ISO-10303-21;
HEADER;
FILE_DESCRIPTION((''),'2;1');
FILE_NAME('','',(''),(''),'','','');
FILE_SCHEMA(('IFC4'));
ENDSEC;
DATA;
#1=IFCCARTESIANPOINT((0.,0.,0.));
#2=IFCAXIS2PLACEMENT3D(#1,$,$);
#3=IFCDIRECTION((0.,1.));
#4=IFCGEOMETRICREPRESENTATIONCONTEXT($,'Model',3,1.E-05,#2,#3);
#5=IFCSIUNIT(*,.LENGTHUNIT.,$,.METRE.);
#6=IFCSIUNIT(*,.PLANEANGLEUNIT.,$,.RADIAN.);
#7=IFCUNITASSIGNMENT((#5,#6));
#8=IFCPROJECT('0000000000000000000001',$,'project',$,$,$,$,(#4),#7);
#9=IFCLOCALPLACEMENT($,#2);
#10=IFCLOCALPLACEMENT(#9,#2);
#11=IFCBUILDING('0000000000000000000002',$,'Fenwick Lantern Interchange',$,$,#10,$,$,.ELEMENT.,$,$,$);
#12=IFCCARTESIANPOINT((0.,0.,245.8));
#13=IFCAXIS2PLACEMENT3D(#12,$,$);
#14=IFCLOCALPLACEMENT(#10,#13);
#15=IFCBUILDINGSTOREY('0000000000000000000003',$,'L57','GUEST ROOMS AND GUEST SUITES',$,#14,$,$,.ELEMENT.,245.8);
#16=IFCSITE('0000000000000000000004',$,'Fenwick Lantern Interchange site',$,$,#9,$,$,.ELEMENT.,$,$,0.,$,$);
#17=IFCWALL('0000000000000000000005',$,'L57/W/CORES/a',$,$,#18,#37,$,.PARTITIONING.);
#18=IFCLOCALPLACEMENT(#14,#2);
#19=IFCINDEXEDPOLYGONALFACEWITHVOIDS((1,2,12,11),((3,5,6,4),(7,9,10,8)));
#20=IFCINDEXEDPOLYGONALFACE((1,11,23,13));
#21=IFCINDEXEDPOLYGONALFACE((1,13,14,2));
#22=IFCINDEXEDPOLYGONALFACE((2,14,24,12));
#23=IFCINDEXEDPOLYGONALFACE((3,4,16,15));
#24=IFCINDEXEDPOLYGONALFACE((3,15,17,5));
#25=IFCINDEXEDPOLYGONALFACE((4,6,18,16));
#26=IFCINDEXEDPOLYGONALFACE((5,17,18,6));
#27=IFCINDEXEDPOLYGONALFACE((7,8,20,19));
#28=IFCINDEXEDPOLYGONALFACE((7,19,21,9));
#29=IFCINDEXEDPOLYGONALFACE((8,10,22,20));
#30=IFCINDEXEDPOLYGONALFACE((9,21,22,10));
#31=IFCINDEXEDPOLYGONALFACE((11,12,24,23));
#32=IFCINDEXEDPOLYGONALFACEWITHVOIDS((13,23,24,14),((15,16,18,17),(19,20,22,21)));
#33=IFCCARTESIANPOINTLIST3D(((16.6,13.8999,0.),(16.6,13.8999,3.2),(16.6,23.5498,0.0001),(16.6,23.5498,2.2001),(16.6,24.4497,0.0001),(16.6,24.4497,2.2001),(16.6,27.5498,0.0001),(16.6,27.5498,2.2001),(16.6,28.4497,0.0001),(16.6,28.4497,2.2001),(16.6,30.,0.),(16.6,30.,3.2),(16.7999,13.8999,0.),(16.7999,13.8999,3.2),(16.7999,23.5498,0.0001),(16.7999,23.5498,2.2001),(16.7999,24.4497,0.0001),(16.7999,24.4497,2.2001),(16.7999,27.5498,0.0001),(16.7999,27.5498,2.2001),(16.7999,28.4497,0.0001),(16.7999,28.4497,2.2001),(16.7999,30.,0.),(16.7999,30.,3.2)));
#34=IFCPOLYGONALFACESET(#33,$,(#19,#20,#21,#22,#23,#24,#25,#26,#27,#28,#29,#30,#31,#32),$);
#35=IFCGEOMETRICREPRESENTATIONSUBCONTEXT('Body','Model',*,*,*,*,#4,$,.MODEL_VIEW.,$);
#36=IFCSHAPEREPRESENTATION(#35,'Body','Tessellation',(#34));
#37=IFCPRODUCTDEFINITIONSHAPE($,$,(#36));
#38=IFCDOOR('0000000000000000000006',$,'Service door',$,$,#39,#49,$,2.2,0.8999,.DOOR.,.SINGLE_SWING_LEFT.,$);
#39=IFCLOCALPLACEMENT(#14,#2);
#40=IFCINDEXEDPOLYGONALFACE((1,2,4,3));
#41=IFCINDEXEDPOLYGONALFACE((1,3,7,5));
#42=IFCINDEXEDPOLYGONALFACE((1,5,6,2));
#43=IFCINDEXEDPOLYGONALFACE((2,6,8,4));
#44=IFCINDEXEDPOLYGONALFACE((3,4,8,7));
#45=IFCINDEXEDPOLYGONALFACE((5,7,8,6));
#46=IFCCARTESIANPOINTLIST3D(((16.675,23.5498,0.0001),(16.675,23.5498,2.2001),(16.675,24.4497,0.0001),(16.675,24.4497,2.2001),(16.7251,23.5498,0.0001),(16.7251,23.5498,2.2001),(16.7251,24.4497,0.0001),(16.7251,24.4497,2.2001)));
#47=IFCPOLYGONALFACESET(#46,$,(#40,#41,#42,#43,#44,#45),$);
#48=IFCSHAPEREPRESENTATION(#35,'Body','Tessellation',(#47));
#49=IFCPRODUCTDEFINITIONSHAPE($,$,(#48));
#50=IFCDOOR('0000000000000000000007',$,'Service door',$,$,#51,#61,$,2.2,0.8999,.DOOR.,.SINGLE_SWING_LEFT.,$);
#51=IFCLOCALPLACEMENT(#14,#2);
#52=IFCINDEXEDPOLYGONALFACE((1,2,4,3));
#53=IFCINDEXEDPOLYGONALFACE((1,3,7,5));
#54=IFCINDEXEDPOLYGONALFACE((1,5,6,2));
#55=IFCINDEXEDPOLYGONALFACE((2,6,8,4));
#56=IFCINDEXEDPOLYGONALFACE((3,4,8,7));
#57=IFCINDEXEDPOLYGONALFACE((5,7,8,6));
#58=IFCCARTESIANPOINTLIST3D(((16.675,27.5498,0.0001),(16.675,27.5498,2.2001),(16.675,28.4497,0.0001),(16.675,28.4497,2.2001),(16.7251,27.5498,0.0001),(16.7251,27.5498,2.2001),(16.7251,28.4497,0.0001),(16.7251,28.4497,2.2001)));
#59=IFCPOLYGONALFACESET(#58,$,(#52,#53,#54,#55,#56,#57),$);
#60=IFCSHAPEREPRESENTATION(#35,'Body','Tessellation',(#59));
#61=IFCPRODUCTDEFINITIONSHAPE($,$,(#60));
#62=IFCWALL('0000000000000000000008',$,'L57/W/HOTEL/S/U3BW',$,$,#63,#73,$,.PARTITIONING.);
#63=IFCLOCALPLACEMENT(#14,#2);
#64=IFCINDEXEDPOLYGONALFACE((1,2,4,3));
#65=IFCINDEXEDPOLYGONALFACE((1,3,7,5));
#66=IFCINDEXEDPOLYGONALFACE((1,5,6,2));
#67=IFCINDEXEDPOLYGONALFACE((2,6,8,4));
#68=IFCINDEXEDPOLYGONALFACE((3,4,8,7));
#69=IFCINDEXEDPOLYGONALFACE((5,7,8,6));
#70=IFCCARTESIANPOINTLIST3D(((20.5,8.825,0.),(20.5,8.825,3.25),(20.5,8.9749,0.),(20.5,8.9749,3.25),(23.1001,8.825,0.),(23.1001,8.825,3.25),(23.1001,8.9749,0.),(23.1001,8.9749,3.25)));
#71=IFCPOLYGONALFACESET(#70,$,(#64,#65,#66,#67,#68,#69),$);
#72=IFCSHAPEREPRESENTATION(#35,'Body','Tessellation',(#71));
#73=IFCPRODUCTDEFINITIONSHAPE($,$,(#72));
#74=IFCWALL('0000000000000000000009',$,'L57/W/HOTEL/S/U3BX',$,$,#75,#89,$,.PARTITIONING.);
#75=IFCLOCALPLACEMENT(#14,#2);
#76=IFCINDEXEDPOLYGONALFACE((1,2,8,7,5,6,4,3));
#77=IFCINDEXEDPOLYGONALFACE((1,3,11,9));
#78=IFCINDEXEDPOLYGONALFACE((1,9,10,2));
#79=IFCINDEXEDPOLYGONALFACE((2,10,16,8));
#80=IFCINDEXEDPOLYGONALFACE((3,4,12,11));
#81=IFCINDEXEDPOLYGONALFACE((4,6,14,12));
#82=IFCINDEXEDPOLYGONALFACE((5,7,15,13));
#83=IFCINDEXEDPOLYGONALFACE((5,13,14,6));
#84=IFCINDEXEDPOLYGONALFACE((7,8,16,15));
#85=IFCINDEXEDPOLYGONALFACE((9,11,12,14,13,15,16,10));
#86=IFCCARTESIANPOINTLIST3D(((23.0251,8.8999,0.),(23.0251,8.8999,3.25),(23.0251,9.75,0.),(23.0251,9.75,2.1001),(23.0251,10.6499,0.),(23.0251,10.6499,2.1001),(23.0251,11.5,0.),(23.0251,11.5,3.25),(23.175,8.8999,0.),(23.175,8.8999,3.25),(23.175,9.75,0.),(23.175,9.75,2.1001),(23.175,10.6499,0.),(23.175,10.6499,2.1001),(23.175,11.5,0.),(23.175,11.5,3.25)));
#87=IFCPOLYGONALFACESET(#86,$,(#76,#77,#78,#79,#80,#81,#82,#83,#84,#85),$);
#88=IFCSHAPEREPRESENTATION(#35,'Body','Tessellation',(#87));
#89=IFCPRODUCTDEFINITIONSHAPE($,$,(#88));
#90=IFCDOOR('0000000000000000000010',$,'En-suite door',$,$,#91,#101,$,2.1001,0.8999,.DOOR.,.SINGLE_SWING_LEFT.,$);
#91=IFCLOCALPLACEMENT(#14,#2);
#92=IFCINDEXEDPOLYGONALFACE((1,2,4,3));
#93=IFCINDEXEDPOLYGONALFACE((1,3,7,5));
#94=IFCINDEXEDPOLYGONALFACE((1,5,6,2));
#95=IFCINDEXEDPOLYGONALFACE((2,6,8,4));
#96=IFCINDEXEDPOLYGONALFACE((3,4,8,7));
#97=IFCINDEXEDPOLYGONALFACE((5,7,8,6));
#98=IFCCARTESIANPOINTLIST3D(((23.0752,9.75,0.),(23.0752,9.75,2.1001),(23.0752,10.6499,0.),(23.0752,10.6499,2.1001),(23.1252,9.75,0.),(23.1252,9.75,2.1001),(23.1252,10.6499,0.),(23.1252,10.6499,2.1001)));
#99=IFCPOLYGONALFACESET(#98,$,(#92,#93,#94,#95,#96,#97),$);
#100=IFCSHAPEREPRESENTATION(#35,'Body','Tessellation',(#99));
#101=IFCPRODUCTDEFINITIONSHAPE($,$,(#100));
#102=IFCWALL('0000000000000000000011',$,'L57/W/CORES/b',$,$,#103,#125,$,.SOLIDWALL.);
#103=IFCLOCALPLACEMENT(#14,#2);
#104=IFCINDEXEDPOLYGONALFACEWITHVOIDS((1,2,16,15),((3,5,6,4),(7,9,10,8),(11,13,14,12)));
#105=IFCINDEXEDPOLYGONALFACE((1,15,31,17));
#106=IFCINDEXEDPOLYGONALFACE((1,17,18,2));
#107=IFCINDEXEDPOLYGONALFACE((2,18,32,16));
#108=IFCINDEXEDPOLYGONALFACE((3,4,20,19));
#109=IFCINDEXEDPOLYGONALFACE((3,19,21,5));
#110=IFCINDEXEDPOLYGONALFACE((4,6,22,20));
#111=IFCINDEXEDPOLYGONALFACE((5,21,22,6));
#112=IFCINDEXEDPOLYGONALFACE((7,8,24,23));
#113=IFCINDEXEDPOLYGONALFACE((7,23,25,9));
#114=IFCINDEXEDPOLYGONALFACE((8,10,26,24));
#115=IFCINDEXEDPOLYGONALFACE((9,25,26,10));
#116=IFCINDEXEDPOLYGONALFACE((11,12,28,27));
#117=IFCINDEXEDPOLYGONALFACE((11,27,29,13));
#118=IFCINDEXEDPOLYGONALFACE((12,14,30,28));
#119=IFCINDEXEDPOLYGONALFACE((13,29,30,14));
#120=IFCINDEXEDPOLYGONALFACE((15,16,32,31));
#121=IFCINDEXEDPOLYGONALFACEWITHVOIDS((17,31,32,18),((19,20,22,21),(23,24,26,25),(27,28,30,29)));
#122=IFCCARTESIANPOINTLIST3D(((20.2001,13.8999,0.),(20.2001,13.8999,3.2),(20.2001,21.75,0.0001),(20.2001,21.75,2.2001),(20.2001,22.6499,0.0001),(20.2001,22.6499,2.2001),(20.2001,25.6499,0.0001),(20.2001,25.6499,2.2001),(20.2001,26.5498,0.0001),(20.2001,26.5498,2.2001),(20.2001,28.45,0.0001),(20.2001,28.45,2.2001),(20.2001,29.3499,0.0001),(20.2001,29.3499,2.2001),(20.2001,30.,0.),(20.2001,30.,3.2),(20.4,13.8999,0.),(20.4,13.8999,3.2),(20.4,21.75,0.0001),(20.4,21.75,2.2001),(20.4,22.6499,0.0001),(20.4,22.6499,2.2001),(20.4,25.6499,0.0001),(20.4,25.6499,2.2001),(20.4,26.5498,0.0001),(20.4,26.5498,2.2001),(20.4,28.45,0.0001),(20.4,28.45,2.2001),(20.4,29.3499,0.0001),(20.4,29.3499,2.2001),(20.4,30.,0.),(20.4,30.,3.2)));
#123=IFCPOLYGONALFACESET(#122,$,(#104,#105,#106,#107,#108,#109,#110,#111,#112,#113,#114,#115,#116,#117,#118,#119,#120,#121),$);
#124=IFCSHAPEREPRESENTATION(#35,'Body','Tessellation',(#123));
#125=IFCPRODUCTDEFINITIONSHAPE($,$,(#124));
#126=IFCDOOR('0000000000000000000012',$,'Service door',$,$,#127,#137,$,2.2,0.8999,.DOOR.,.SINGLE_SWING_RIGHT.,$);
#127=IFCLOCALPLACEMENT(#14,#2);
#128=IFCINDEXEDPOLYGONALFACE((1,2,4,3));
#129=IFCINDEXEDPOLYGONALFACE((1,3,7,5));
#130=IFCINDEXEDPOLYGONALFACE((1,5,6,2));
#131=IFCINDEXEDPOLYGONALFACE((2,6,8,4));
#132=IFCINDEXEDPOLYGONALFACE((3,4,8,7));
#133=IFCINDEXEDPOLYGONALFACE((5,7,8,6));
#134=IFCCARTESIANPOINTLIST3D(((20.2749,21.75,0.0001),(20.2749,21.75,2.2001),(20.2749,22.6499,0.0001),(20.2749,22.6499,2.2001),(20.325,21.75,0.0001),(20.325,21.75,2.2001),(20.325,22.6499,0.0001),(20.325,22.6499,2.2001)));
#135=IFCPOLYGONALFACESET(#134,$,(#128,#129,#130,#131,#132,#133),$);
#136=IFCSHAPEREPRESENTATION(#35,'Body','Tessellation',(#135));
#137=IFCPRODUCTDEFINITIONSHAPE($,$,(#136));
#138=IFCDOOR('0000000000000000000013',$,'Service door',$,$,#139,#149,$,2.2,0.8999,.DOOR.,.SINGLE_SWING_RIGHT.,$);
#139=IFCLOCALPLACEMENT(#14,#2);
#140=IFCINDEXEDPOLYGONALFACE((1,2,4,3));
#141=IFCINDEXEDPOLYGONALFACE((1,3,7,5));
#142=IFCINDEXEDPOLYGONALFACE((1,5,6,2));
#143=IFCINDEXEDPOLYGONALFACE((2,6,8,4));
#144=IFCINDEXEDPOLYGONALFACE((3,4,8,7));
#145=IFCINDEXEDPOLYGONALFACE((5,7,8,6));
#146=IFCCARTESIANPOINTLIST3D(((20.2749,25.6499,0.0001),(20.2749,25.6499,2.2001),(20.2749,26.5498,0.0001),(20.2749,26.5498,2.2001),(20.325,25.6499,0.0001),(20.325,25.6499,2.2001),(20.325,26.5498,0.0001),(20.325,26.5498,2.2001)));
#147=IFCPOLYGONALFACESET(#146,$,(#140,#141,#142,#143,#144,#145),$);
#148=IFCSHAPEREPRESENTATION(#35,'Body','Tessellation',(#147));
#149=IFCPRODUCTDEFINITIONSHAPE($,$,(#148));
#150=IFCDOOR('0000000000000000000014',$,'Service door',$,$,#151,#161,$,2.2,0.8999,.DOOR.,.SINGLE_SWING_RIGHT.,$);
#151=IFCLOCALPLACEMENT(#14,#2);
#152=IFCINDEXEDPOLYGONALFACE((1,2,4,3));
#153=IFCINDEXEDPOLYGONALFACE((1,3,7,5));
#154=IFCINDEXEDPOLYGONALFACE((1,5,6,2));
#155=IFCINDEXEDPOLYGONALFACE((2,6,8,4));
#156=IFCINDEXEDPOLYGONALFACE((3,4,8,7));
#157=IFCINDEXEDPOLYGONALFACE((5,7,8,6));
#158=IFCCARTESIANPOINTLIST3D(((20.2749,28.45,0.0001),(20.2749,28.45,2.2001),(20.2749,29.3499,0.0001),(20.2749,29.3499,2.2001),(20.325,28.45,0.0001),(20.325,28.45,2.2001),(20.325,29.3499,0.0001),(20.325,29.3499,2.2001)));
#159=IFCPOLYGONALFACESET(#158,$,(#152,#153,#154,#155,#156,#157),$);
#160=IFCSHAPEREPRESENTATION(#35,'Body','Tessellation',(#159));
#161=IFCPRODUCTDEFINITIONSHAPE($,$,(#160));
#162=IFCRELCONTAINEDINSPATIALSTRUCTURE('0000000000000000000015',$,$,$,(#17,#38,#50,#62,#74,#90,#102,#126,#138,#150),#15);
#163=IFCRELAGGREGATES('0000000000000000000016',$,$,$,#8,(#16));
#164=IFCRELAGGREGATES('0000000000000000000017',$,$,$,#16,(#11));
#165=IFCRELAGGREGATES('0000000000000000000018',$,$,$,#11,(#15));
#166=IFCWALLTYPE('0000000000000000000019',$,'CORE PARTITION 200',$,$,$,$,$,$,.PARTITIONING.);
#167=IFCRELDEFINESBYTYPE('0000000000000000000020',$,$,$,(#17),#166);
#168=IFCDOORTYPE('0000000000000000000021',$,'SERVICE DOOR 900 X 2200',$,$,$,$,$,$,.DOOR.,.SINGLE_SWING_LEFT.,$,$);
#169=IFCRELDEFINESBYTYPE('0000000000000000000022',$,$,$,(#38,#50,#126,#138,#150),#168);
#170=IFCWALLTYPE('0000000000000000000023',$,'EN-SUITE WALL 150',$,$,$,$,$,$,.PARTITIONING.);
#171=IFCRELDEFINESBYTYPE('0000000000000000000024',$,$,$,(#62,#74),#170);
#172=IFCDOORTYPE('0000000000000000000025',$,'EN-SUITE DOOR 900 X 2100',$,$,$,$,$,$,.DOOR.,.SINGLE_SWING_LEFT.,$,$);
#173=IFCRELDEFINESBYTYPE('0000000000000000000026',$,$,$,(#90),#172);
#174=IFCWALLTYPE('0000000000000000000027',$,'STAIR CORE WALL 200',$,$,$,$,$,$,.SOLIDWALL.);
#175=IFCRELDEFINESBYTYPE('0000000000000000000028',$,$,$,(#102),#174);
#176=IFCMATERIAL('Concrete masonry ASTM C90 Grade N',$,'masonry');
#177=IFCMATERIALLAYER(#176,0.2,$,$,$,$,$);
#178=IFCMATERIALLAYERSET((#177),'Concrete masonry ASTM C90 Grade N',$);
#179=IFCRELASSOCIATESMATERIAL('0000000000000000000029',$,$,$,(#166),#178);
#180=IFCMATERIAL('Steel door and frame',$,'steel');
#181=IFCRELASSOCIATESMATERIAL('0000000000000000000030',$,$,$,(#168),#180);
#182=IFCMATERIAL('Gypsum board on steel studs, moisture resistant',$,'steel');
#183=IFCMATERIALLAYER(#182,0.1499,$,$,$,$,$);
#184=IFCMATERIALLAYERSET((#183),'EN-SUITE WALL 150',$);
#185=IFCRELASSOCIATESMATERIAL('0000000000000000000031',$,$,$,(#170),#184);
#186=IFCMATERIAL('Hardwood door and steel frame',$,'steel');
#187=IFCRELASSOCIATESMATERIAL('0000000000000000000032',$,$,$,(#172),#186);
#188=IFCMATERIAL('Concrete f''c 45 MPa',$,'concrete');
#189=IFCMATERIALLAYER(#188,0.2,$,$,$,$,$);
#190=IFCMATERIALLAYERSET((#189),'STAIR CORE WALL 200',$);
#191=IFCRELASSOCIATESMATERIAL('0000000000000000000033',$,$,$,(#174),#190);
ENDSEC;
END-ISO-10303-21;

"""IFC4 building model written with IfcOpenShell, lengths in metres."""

from ifc_helpers import new_model, si_unit, direction, frame, frame_2d, origin, place, context, subcontext, project, spatial, rectangle, extrude, material, layer, layer_set, type_object, element, fill, save


model = new_model("IFC4")

# Units and contexts
model_context = context("Model", 3, precision=1e-05, world=origin(), true_north=direction((0.0, 1.0)))
body_context = subcontext(model_context, "Body", "Model", "MODEL_VIEW")
ifc_project = project(units=[si_unit("LENGTHUNIT", "METRE"), si_unit("PLANEANGLEUNIT", "RADIAN")], contexts=[model_context])

# Site, building, storey
site_placement = place(None, origin())
site = spatial("IfcSite", under=ifc_project, at=site_placement, Name="Fenwick Lantern Interchange site", CompositionType="ELEMENT", RefElevation=0.0)
building_placement = place(site_placement, origin())
building = spatial("IfcBuilding", under=site, at=building_placement, Name="Fenwick Lantern Interchange", CompositionType="ELEMENT")
storey_placement = place(building_placement, frame((0.0, 0.0, 245.8)))
storey = spatial("IfcBuildingStorey", under=building, at=storey_placement, Name="L57", Description="GUEST ROOMS AND GUEST SUITES", CompositionType="ELEMENT", Elevation=245.8)

# Wall, openings, doors
ifc_material_1 = material(Name="Concrete masonry ASTM C90 Grade N", Category="masonry")
ifc_layer_1 = layer(ifc_material_1, 0.2)
ifc_layer_set_1 = layer_set([ifc_layer_1], Name="Concrete masonry ASTM C90 Grade N")
wall_type_1 = type_object("IfcWallType", Name="CORE PARTITION 200", PredefinedType="PARTITIONING", material=ifc_layer_set_1)
wall_1_placement = place(storey_placement, frame((16.7, 13.8999, 0.0), z_axis=(0.0, 0.0, 1.0), x_axis=(0.0, 1.0, 0.0)))
wall_1 = element("IfcWall", 1, at=wall_1_placement, inside=storey, type_object=wall_type_1, Name="L57/W/CORES/a", PredefinedType="PARTITIONING", context=body_context, shape_type="SweptSolid", body=[
    extrude(rectangle(XDim=16.1001, YDim=0.2, at=frame_2d((8.05, 0.0))), origin(), (0.0, 0.0, 1.0), 3.2),
])
opening_1_placement = place(wall_1_placement, frame((9.6499, 0.0, 0.0)))
opening_1 = element("IfcOpeningElement", 2, at=opening_1_placement, cuts=wall_1, PredefinedType="OPENING", context=body_context, shape_type="SweptSolid", body=[
    extrude(rectangle(XDim=0.8999, YDim=2.2, at=frame_2d((0.45, 1.1001))), frame((0.0, 0.1099, 0.0), z_axis=(0.0, -1.0, 0.0), x_axis=(1.0, 0.0, 0.0)), (0.0, 0.0, 1.0), 0.22),
])
opening_2_placement = place(wall_1_placement, frame((13.6499, 0.0, 0.0)))
opening_2 = element("IfcOpeningElement", 3, at=opening_2_placement, cuts=wall_1, PredefinedType="OPENING", context=body_context, shape_type="SweptSolid", body=[
    extrude(rectangle(XDim=0.8999, YDim=2.2, at=frame_2d((0.45, 1.1001))), frame((0.0, 0.1099, 0.0), z_axis=(0.0, -1.0, 0.0), x_axis=(1.0, 0.0, 0.0)), (0.0, 0.0, 1.0), 0.22),
])
ifc_material_2 = material(Name="Steel door and frame", Category="steel")
door_type_1 = type_object("IfcDoorType", Name="SERVICE DOOR 900 X 2200", OperationType="SINGLE_SWING_LEFT", PredefinedType="DOOR", material=ifc_material_2)
door_1_placement = place(opening_1_placement, origin())
door_1 = element("IfcDoor", 4, at=door_1_placement, inside=storey, type_object=door_type_1, Name="Service door", OperationType="SINGLE_SWING_LEFT", OverallHeight=2.2, OverallWidth=0.8999, PredefinedType="DOOR", context=body_context, shape_type="SweptSolid", body=[
    extrude(rectangle(XDim=0.8999, YDim=2.2, at=frame_2d((0.45, 1.1001))), frame((0.0, 0.0249, 0.0), z_axis=(0.0, -1.0, 0.0), x_axis=(1.0, 0.0, 0.0)), (0.0, 0.0, 1.0), 0.05),
])
fill(opening_1, door_1)
door_2_placement = place(opening_2_placement, origin())
door_2 = element("IfcDoor", 5, at=door_2_placement, inside=storey, type_object=door_type_1, Name="Service door", OperationType="SINGLE_SWING_LEFT", OverallHeight=2.2, OverallWidth=0.8999, PredefinedType="DOOR", context=body_context, shape_type="SweptSolid", body=[
    extrude(rectangle(XDim=0.8999, YDim=2.2, at=frame_2d((0.45, 1.1001))), frame((0.0, 0.0249, 0.0), z_axis=(0.0, -1.0, 0.0), x_axis=(1.0, 0.0, 0.0)), (0.0, 0.0, 1.0), 0.05),
])
fill(opening_2, door_2)
ifc_material_3 = material(Name="Hardwood door and steel frame", Category="steel")

# Wall
ifc_material_4 = material(Name="Gypsum board on steel studs, moisture resistant", Category="steel")
ifc_layer_2 = layer(ifc_material_4, 0.1499)
ifc_layer_set_2 = layer_set([ifc_layer_2], Name="EN-SUITE WALL 150")
wall_type_2 = type_object("IfcWallType", Name="EN-SUITE WALL 150", PredefinedType="PARTITIONING", material=ifc_layer_set_2)
wall_2_placement = place(storey_placement, frame((20.5, 8.8999, 0.0), z_axis=(0.0, 0.0, 1.0), x_axis=(1.0, 0.0, 0.0)))
element("IfcWall", 6, at=wall_2_placement, inside=storey, type_object=wall_type_2, Name="L57/W/HOTEL/S/U3BW", PredefinedType="PARTITIONING", context=body_context, shape_type="SweptSolid", body=[
    extrude(rectangle(XDim=2.6001, YDim=0.1499, at=frame_2d((1.3, 0.0))), origin(), (0.0, 0.0, 1.0), 3.25),
])

# Wall, opening, door
wall_3_placement = place(storey_placement, frame((23.1001, 8.8999, 0.0), z_axis=(0.0, 0.0, 1.0), x_axis=(0.0, 1.0, 0.0)))
wall_3 = element("IfcWall", 7, at=wall_3_placement, inside=storey, type_object=wall_type_2, Name="L57/W/HOTEL/S/U3BX", PredefinedType="PARTITIONING", context=body_context, shape_type="SweptSolid", body=[
    extrude(rectangle(XDim=2.6001, YDim=0.1499, at=frame_2d((1.3, 0.0))), origin(), (0.0, 0.0, 1.0), 3.25),
])
opening_3_placement = place(wall_3_placement, frame((0.8501, 0.0, 0.0)))
opening_3 = element("IfcOpeningElement", 8, at=opening_3_placement, cuts=wall_3, PredefinedType="OPENING", context=body_context, shape_type="SweptSolid", body=[
    extrude(rectangle(XDim=0.8999, YDim=2.1001, at=frame_2d((0.45, 1.05))), frame((0.0, 0.085, 0.0), z_axis=(0.0, -1.0, 0.0), x_axis=(1.0, 0.0, 0.0)), (0.0, 0.0, 1.0), 0.1699),
])
door_type_2 = type_object("IfcDoorType", Name="EN-SUITE DOOR 900 X 2100", OperationType="SINGLE_SWING_LEFT", PredefinedType="DOOR", material=ifc_material_3)
door_3_placement = place(opening_3_placement, origin())
door_3 = element("IfcDoor", 9, at=door_3_placement, inside=storey, type_object=door_type_2, Name="En-suite door", OperationType="SINGLE_SWING_LEFT", OverallHeight=2.1001, OverallWidth=0.8999, PredefinedType="DOOR", context=body_context, shape_type="SweptSolid", body=[
    extrude(rectangle(XDim=0.8999, YDim=2.1001, at=frame_2d((0.45, 1.05))), frame((0.0, 0.0249, 0.0), z_axis=(0.0, -1.0, 0.0), x_axis=(1.0, 0.0, 0.0)), (0.0, 0.0, 1.0), 0.05),
])
fill(opening_3, door_3)

# Wall, openings, doors
ifc_material_5 = material(Name="Concrete f'c 45 MPa", Category="concrete")
ifc_layer_3 = layer(ifc_material_5, 0.2)
ifc_layer_set_3 = layer_set([ifc_layer_3], Name="STAIR CORE WALL 200")
wall_type_3 = type_object("IfcWallType", Name="STAIR CORE WALL 200", PredefinedType="SOLIDWALL", material=ifc_layer_set_3)
wall_4_placement = place(storey_placement, frame((20.3, 13.8999, 0.0), z_axis=(0.0, 0.0, 1.0), x_axis=(0.0, 1.0, 0.0)))
wall_4 = element("IfcWall", 10, at=wall_4_placement, inside=storey, type_object=wall_type_3, Name="L57/W/CORES/b", PredefinedType="SOLIDWALL", context=body_context, shape_type="SweptSolid", body=[
    extrude(rectangle(XDim=16.1001, YDim=0.2, at=frame_2d((8.05, 0.0))), origin(), (0.0, 0.0, 1.0), 3.2),
])
opening_4_placement = place(wall_4_placement, frame((7.8501, 0.0, 0.0)))
opening_4 = element("IfcOpeningElement", 11, at=opening_4_placement, cuts=wall_4, PredefinedType="OPENING", context=body_context, shape_type="SweptSolid", body=[
    extrude(rectangle(XDim=0.8999, YDim=2.2, at=frame_2d((0.45, 1.1001))), frame((0.0, 0.1099, 0.0), z_axis=(0.0, -1.0, 0.0), x_axis=(1.0, 0.0, 0.0)), (0.0, 0.0, 1.0), 0.22),
])
opening_5_placement = place(wall_4_placement, frame((11.75, 0.0, 0.0)))
opening_5 = element("IfcOpeningElement", 12, at=opening_5_placement, cuts=wall_4, PredefinedType="OPENING", context=body_context, shape_type="SweptSolid", body=[
    extrude(rectangle(XDim=0.8999, YDim=2.2, at=frame_2d((0.45, 1.1001))), frame((0.0, 0.1099, 0.0), z_axis=(0.0, -1.0, 0.0), x_axis=(1.0, 0.0, 0.0)), (0.0, 0.0, 1.0), 0.22),
])
opening_6_placement = place(wall_4_placement, frame((14.55, 0.0, 0.0)))
opening_6 = element("IfcOpeningElement", 13, at=opening_6_placement, cuts=wall_4, PredefinedType="OPENING", context=body_context, shape_type="SweptSolid", body=[
    extrude(rectangle(XDim=0.8999, YDim=2.2, at=frame_2d((0.45, 1.1001))), frame((0.0, 0.1099, 0.0), z_axis=(0.0, -1.0, 0.0), x_axis=(1.0, 0.0, 0.0)), (0.0, 0.0, 1.0), 0.22),
])
door_4_placement = place(opening_4_placement, frame((0.8999, 0.0, 0.0), z_axis=(0.0, 0.0, 1.0), x_axis=(-1.0, 0.0, 0.0)))
door_4 = element("IfcDoor", 14, at=door_4_placement, inside=storey, type_object=door_type_1, Name="Service door", OperationType="SINGLE_SWING_RIGHT", OverallHeight=2.2, OverallWidth=0.8999, PredefinedType="DOOR", context=body_context, shape_type="SweptSolid", body=[
    extrude(rectangle(XDim=0.8999, YDim=2.2, at=frame_2d((0.45, 1.1001))), frame((0.0, 0.0249, 0.0), z_axis=(0.0, -1.0, 0.0), x_axis=(1.0, 0.0, 0.0)), (0.0, 0.0, 1.0), 0.05),
])
fill(opening_4, door_4)
door_5_placement = place(opening_5_placement, frame((0.8999, 0.0, 0.0), z_axis=(0.0, 0.0, 1.0), x_axis=(-1.0, 0.0, 0.0)))
door_5 = element("IfcDoor", 15, at=door_5_placement, inside=storey, type_object=door_type_1, Name="Service door", OperationType="SINGLE_SWING_RIGHT", OverallHeight=2.2, OverallWidth=0.8999, PredefinedType="DOOR", context=body_context, shape_type="SweptSolid", body=[
    extrude(rectangle(XDim=0.8999, YDim=2.2, at=frame_2d((0.45, 1.1001))), frame((0.0, 0.0249, 0.0), z_axis=(0.0, -1.0, 0.0), x_axis=(1.0, 0.0, 0.0)), (0.0, 0.0, 1.0), 0.05),
])
fill(opening_5, door_5)
door_6_placement = place(opening_6_placement, frame((0.8999, 0.0, 0.0), z_axis=(0.0, 0.0, 1.0), x_axis=(-1.0, 0.0, 0.0)))
door_6 = element("IfcDoor", 16, at=door_6_placement, inside=storey, type_object=door_type_1, Name="Service door", OperationType="SINGLE_SWING_RIGHT", OverallHeight=2.2, OverallWidth=0.8999, PredefinedType="DOOR", context=body_context, shape_type="SweptSolid", body=[
    extrude(rectangle(XDim=0.8999, YDim=2.2, at=frame_2d((0.45, 1.1001))), frame((0.0, 0.0249, 0.0), z_axis=(0.0, -1.0, 0.0), x_axis=(1.0, 0.0, 0.0)), (0.0, 0.0, 1.0), 0.05),
])
fill(opening_6, door_6)

save(model, "model.ifc")
